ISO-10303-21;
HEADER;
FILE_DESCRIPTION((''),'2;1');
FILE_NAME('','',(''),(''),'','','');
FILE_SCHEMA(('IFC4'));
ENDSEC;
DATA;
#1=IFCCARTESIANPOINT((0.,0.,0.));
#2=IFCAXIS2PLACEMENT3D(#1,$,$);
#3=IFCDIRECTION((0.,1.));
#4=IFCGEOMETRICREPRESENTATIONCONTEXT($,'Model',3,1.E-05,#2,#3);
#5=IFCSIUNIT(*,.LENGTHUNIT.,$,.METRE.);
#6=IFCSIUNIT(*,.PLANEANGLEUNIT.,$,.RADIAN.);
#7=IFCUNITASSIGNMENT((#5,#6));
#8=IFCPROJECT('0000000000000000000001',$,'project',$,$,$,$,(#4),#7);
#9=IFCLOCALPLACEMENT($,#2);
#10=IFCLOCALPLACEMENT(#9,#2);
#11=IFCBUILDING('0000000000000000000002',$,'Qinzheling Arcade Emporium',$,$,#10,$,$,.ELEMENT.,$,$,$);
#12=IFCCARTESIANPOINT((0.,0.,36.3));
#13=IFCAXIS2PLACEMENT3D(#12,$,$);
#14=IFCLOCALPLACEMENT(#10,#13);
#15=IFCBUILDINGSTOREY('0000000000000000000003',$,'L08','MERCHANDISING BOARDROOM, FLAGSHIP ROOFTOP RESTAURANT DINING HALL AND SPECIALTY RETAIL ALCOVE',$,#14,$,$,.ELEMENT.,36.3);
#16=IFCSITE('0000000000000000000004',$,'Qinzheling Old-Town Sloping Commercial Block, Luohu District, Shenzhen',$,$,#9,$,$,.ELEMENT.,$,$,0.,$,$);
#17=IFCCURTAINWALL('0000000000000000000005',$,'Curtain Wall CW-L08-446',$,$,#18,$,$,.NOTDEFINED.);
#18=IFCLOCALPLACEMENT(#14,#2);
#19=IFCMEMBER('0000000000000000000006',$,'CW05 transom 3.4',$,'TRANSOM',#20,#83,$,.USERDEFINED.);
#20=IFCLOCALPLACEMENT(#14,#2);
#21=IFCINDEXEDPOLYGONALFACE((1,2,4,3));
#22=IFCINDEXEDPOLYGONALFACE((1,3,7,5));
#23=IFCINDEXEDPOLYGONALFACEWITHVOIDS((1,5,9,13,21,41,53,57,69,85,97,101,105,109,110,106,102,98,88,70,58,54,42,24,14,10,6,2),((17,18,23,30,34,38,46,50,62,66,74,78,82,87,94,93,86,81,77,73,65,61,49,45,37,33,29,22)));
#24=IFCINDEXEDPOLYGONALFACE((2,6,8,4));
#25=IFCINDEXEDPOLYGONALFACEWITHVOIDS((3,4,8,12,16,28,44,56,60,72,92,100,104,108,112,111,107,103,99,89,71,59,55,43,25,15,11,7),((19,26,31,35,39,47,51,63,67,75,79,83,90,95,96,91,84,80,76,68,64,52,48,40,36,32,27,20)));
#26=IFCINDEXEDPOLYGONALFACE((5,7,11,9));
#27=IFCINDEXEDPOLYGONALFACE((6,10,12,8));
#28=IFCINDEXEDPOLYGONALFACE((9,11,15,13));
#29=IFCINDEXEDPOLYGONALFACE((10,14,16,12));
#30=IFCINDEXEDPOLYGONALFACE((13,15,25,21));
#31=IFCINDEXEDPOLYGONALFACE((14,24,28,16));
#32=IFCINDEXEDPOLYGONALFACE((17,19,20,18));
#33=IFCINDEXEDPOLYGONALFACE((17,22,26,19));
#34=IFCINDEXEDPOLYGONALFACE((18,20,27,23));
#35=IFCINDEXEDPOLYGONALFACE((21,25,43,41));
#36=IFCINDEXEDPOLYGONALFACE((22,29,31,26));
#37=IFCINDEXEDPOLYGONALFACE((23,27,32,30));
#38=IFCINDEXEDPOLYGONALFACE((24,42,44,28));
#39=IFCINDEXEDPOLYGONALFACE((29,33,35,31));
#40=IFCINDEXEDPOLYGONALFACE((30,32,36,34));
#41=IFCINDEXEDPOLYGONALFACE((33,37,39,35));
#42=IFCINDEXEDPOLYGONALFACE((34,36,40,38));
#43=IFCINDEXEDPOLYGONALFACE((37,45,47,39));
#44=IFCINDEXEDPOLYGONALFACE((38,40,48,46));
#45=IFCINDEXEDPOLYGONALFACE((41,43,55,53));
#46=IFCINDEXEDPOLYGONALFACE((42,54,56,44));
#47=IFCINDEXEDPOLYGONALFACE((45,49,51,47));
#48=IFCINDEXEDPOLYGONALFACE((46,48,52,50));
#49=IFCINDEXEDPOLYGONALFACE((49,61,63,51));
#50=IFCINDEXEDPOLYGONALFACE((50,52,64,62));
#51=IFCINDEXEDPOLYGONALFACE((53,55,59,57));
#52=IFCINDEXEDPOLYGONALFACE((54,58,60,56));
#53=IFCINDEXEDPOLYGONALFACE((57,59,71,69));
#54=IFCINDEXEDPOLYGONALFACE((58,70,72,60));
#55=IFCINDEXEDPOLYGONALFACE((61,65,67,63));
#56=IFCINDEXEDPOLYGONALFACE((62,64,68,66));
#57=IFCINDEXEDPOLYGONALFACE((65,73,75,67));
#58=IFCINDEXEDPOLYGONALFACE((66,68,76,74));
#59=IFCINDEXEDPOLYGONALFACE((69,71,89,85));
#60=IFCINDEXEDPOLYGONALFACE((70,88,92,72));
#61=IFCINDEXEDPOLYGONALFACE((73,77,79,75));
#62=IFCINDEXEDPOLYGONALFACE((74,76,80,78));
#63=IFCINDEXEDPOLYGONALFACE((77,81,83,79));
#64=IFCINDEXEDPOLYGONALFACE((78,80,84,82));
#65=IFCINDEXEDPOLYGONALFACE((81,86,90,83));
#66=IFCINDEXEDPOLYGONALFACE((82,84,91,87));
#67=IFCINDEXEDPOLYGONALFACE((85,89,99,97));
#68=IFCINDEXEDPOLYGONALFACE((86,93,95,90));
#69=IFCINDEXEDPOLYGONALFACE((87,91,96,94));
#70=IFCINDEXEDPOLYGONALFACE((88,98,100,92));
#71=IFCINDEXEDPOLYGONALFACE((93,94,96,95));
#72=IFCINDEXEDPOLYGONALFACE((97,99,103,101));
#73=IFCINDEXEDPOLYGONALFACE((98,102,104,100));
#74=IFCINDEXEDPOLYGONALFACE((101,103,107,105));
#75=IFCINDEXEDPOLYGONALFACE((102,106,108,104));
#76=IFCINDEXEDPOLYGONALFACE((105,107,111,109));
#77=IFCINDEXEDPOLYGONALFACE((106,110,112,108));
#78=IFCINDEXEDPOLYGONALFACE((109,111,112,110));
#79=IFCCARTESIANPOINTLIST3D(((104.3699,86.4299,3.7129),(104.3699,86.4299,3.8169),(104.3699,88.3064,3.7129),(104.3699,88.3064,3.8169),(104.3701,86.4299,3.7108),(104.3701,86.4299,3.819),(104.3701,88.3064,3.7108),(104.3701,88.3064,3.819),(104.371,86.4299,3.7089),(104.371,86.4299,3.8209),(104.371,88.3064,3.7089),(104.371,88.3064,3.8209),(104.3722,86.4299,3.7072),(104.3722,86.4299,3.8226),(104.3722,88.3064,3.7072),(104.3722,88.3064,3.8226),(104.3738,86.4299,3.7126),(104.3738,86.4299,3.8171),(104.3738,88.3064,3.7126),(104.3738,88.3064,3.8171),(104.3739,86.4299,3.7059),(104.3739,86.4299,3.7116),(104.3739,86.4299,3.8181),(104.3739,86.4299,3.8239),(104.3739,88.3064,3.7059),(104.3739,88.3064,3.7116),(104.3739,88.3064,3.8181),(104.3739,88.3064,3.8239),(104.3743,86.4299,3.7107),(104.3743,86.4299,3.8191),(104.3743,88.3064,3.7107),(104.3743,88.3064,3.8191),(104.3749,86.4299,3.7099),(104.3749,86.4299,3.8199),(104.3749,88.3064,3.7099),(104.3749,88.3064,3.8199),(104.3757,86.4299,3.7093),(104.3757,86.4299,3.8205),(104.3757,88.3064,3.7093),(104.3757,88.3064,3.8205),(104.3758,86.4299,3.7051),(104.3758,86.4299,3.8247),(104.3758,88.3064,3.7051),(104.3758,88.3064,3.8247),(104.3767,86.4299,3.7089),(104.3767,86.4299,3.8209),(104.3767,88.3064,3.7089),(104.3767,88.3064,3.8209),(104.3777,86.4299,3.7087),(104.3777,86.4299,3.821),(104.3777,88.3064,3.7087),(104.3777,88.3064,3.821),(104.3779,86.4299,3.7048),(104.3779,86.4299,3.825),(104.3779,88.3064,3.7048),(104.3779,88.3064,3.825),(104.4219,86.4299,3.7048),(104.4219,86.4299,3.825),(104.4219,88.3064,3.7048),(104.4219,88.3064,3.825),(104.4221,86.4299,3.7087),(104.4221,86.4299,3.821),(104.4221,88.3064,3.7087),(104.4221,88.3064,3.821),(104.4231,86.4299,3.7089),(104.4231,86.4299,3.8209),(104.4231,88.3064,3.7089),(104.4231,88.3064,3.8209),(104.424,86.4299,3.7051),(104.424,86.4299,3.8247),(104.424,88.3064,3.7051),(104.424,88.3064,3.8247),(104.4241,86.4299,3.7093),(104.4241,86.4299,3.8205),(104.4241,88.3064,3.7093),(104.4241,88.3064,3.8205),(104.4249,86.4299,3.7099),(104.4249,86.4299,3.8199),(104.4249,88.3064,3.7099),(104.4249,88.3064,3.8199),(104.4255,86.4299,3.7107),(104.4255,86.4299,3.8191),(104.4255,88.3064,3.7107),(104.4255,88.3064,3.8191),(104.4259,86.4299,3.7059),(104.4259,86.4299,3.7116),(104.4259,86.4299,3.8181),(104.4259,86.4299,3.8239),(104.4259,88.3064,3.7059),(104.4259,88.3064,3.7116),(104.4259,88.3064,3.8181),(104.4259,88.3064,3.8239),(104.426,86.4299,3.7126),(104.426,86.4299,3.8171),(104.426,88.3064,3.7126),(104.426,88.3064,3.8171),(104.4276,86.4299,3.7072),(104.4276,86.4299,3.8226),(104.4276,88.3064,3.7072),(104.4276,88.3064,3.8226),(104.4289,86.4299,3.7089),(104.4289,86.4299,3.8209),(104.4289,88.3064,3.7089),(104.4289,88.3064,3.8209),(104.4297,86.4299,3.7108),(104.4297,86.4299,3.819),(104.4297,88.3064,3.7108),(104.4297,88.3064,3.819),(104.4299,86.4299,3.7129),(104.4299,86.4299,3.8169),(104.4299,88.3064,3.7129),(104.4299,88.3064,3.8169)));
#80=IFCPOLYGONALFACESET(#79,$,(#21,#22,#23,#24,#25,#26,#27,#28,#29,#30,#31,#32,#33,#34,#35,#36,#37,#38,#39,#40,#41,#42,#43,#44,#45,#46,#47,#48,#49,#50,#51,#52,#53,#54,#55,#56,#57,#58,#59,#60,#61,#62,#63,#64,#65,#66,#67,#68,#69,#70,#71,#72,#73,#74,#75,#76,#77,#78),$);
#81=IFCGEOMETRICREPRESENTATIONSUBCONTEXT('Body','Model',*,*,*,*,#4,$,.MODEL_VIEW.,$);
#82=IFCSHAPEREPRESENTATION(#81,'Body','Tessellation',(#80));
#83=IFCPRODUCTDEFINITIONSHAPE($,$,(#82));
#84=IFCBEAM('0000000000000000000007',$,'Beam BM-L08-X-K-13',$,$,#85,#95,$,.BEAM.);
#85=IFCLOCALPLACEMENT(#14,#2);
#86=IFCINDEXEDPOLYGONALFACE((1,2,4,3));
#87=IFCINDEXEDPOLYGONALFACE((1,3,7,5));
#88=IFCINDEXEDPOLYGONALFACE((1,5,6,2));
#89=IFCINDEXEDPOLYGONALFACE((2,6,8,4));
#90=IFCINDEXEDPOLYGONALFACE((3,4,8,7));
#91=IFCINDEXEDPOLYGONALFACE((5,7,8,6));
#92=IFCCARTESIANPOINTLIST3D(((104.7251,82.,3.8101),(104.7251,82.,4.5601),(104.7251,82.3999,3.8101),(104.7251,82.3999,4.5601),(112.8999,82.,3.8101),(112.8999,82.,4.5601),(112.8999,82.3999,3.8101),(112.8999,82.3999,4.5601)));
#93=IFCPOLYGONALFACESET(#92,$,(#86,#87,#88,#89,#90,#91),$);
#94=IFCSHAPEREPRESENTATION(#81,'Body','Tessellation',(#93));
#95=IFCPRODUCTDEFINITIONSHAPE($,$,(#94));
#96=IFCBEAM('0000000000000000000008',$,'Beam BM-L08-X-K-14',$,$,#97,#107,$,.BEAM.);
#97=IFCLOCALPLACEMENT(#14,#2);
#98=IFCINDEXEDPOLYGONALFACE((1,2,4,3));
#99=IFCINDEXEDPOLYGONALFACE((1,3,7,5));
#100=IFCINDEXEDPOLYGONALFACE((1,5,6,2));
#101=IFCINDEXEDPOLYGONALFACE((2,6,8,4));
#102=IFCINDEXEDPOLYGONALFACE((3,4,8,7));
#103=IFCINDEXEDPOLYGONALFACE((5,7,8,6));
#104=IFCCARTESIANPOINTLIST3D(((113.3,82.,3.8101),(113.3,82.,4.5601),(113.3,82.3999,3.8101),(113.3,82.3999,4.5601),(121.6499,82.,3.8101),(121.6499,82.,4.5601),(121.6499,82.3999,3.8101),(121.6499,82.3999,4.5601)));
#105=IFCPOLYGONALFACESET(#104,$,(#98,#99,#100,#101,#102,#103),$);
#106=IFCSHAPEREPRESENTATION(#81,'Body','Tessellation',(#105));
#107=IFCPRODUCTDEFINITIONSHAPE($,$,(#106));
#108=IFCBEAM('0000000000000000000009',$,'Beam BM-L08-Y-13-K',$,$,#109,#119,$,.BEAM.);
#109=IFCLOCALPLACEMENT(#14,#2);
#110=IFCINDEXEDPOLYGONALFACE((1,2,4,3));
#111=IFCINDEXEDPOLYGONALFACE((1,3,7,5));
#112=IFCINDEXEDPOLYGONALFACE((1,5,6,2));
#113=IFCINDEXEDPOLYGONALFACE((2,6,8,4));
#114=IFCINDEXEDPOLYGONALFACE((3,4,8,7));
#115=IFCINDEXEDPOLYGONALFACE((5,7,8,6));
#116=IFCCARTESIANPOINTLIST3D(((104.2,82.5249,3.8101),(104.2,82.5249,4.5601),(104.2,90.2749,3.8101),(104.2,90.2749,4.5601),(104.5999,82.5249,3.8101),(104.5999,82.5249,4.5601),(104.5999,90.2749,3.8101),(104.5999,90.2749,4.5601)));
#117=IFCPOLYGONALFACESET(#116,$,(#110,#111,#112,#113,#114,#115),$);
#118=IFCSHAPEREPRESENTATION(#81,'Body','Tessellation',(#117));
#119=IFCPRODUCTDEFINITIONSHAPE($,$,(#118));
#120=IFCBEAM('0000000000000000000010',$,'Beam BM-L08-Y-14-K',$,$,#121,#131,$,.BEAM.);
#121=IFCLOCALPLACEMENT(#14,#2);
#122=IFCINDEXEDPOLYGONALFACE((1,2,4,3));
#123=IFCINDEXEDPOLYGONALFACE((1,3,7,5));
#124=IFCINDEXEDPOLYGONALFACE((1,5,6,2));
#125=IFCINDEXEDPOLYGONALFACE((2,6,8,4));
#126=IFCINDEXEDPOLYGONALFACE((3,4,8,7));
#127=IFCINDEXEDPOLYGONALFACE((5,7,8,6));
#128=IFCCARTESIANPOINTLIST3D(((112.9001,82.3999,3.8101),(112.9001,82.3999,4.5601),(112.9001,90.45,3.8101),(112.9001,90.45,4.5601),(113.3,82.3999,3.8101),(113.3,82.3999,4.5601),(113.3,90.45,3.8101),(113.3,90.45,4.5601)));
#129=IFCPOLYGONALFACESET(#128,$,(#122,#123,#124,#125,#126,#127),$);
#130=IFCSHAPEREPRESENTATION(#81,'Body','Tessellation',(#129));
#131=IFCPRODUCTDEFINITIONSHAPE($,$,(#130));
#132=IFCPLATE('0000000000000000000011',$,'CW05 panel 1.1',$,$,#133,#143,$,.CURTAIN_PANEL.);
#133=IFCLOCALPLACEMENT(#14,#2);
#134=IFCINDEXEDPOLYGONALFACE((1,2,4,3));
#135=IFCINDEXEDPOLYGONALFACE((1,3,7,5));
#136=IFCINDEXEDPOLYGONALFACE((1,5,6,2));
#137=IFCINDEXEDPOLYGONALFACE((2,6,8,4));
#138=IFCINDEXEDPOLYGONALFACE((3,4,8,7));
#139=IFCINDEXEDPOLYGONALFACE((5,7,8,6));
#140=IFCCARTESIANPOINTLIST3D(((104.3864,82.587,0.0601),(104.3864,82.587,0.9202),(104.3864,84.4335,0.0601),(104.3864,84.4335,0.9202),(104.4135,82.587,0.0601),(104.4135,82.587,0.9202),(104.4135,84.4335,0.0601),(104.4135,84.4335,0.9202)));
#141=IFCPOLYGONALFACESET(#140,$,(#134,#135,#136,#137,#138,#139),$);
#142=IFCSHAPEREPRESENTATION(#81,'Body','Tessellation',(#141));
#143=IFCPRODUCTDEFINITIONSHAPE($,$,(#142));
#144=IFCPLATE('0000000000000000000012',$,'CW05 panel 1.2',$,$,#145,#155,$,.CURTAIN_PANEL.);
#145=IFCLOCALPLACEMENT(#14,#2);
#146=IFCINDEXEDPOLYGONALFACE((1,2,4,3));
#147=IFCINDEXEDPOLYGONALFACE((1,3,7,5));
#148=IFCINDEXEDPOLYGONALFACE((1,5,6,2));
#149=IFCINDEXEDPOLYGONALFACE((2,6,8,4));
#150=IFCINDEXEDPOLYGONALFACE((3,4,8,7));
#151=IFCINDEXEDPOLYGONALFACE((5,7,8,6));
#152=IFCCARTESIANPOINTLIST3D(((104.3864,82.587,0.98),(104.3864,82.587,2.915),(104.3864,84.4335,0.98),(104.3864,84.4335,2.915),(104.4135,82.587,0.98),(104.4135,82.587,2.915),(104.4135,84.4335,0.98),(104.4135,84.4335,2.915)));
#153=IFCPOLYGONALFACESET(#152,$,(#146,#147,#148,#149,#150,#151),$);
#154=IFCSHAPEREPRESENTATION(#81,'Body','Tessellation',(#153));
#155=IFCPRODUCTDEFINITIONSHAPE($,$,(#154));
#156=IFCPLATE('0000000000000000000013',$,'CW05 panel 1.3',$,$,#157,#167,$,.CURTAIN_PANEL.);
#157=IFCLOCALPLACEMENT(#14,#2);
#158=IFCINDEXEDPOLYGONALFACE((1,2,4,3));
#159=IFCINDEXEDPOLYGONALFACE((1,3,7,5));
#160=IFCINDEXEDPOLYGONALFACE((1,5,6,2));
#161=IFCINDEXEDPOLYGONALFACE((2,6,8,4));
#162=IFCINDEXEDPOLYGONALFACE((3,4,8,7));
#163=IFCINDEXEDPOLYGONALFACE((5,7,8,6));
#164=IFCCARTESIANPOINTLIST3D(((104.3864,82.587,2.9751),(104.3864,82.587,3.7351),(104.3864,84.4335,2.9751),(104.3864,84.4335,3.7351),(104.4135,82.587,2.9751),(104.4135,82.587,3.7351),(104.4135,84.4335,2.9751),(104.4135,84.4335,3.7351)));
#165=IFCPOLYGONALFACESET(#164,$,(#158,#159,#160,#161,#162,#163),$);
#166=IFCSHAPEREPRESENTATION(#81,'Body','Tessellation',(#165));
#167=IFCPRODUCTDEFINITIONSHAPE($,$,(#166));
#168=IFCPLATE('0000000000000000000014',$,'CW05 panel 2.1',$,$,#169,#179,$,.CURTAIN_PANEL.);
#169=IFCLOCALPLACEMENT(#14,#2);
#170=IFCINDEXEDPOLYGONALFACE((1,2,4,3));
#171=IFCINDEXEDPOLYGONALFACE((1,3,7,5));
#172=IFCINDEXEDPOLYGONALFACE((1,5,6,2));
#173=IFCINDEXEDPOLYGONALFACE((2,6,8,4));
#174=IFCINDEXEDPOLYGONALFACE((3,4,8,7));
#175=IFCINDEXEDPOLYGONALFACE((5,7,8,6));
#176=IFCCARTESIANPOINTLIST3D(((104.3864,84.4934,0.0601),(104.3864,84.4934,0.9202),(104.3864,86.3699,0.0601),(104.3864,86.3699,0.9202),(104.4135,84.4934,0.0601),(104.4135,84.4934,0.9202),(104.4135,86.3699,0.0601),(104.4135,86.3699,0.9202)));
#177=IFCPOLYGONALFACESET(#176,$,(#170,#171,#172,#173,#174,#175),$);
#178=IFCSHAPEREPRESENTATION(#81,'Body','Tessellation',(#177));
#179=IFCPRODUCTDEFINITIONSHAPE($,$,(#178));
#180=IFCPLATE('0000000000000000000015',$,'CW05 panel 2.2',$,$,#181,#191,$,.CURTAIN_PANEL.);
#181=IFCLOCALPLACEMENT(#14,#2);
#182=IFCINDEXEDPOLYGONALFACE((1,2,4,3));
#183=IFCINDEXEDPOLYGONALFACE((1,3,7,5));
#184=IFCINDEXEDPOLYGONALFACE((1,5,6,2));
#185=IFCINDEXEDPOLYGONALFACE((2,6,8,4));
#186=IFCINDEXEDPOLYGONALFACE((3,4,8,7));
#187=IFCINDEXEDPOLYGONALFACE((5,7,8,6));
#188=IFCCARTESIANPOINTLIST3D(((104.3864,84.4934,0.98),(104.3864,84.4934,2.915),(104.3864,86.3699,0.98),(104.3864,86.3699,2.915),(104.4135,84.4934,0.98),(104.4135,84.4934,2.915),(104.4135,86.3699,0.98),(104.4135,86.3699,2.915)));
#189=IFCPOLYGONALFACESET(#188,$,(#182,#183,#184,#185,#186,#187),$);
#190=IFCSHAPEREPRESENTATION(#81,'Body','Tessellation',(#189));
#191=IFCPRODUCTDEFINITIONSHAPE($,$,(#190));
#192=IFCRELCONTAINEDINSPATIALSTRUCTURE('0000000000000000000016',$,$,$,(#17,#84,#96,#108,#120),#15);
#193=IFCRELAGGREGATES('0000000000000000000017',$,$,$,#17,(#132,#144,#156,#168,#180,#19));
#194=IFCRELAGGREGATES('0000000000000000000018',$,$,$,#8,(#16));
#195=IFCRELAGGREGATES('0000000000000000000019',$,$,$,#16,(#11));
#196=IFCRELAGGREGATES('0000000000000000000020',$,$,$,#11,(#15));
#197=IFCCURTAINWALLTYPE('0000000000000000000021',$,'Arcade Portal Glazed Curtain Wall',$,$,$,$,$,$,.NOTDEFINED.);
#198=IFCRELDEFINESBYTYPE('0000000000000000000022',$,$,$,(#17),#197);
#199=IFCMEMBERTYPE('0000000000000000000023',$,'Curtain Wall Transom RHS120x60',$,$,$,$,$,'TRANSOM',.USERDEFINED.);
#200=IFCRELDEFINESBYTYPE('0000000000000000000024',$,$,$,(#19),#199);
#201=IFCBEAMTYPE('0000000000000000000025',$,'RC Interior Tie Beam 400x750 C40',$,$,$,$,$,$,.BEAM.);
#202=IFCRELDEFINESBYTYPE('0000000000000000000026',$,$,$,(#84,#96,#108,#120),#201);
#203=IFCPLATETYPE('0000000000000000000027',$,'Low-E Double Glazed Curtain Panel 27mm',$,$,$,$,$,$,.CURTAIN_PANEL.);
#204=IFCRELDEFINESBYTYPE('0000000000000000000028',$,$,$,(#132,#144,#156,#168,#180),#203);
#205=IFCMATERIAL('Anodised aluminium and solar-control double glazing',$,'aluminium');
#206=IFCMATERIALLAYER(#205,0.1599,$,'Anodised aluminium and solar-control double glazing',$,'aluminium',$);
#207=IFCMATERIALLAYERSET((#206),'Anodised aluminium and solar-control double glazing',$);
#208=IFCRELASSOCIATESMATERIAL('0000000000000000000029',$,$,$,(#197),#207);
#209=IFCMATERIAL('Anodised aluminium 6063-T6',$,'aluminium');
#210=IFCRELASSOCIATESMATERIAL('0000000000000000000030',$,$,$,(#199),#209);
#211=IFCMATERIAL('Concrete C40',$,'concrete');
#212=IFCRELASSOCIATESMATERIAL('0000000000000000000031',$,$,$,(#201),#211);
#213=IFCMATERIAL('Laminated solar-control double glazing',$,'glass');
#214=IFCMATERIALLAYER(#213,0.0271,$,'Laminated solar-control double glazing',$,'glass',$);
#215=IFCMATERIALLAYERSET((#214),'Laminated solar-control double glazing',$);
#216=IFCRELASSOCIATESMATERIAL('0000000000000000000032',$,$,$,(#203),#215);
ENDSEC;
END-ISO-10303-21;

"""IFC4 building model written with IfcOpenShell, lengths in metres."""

from ifc_helpers import new_model, si_unit, direction, frame, origin, origin_2d, place, context, subcontext, project, spatial, rectangle, hollow_rectangle, extrude, material, layer, layer_set, material_profile, profile_set, type_object, element, aggregate, save


model = new_model("IFC4")

# Units and contexts
model_context = context("Model", 3, precision=1e-05, world=origin(), true_north=direction((0.0, 1.0)))
body_context = subcontext(model_context, "Body", "Model", "MODEL_VIEW")
ifc_project = project(units=[si_unit("LENGTHUNIT", "METRE"), si_unit("PLANEANGLEUNIT", "RADIAN")], contexts=[model_context])

# Site, building, storey
site_placement = place(None, origin())
site = spatial("IfcSite", under=ifc_project, at=site_placement, Name="Qinzheling Old-Town Sloping Commercial Block, Luohu District, Shenzhen", CompositionType="ELEMENT", RefElevation=0.0)
building_placement = place(site_placement, origin())
building = spatial("IfcBuilding", under=site, at=building_placement, Name="Qinzheling Arcade Emporium", CompositionType="ELEMENT")
storey_placement = place(building_placement, frame((0.0, 0.0, 36.3)))
storey = spatial("IfcBuildingStorey", under=building, at=storey_placement, Name="L08", Description="MERCHANDISING BOARDROOM, FLAGSHIP ROOFTOP RESTAURANT DINING HALL AND SPECIALTY RETAIL ALCOVE", CompositionType="ELEMENT", Elevation=36.3)

# Curtain wall, member
ifc_material_1 = material(Name="Anodised aluminium and solar-control double glazing", Category="aluminium")
ifc_layer_1 = layer(ifc_material_1, 0.1599, Name="Anodised aluminium and solar-control double glazing", Category="aluminium")
ifc_layer_set_1 = layer_set([ifc_layer_1], Name="Anodised aluminium and solar-control double glazing")
curtain_wall_type = type_object("IfcCurtainWallType", Name="Arcade Portal Glazed Curtain Wall", PredefinedType="NOTDEFINED", material=ifc_layer_set_1)
curtain_wall_placement = place(storey_placement, origin())
curtain_wall = element("IfcCurtainWall", 1, at=curtain_wall_placement, inside=storey, type_object=curtain_wall_type, Name="Curtain Wall CW-L08-446", PredefinedType="NOTDEFINED")
ifc_material_2 = material(Name="Anodised aluminium 6063-T6", Category="aluminium")
ifc_material_profile_1 = material_profile(ifc_material_2, hollow_rectangle(XDim=0.0601, YDim=0.1201, WallThickness=0.0039, InnerFilletRadius=0.0039, OuterFilletRadius=0.0081, at=origin_2d()), Name="RHS 120x60x4", Category="aluminium")
ifc_profile_set_1 = profile_set([ifc_material_profile_1], Name="Anodised aluminium 6063-T6")
member_type_1 = type_object("IfcMemberType", Name="Curtain Wall Transom RHS120x60", ElementType="TRANSOM", PredefinedType="USERDEFINED", material=ifc_profile_set_1)
member_1_placement = place(storey_placement, frame((104.3999, 86.4299, 3.7649), z_axis=(0.0, 1.0, 0.0), x_axis=(-1.0, 0.0, 0.0)))
member_1 = element("IfcMember", 2, at=member_1_placement, type_object=member_type_1, Name="CW05 transom 3.4", ObjectType="TRANSOM", PredefinedType="USERDEFINED", context=body_context, shape_type="SweptSolid", body=[
    extrude(hollow_rectangle(XDim=0.0601, YDim=0.1201, WallThickness=0.0039, InnerFilletRadius=0.0039, OuterFilletRadius=0.0081, at=origin_2d()), origin(), (0.0, 0.0, 1.0), 1.8765),
])

# Beams
ifc_material_3 = material(Name="Concrete C40", Category="concrete")
ifc_material_profile_2 = material_profile(ifc_material_3, rectangle(XDim=0.3999, YDim=0.75, at=origin_2d()), Name="RC 400x750", Category="concrete")
ifc_profile_set_2 = profile_set([ifc_material_profile_2], Name="Concrete C40")
beam_type = type_object("IfcBeamType", Name="RC Interior Tie Beam 400x750 C40", PredefinedType="BEAM", material=ifc_profile_set_2)
beam_1_placement = place(storey_placement, frame((104.7251, 82.2, 4.1851), z_axis=(1.0, 0.0, 0.0), x_axis=(0.0, 1.0, 0.0)))
element("IfcBeam", 3, at=beam_1_placement, inside=storey, type_object=beam_type, Name="Beam BM-L08-X-K-13", PredefinedType="BEAM", context=body_context, shape_type="SweptSolid", body=[
    extrude(rectangle(XDim=0.3999, YDim=0.75, at=origin_2d()), origin(), (0.0, 0.0, 1.0), 8.1748),
])
beam_2_placement = place(storey_placement, frame((113.3, 82.2, 4.1851), z_axis=(1.0, 0.0, 0.0), x_axis=(0.0, 1.0, 0.0)))
element("IfcBeam", 4, at=beam_2_placement, inside=storey, type_object=beam_type, Name="Beam BM-L08-X-K-14", PredefinedType="BEAM", context=body_context, shape_type="SweptSolid", body=[
    extrude(rectangle(XDim=0.3999, YDim=0.75, at=origin_2d()), origin(), (0.0, 0.0, 1.0), 8.3499),
])
beam_3_placement = place(storey_placement, frame((104.3999, 82.5249, 4.1851), z_axis=(0.0, 1.0, 0.0), x_axis=(-1.0, 0.0, 0.0)))
element("IfcBeam", 5, at=beam_3_placement, inside=storey, type_object=beam_type, Name="Beam BM-L08-Y-13-K", PredefinedType="BEAM", context=body_context, shape_type="SweptSolid", body=[
    extrude(rectangle(XDim=0.3999, YDim=0.75, at=origin_2d()), origin(), (0.0, 0.0, 1.0), 7.75),
])
beam_4_placement = place(storey_placement, frame((113.1001, 82.3999, 4.1851), z_axis=(0.0, 1.0, 0.0), x_axis=(-1.0, 0.0, 0.0)))
element("IfcBeam", 6, at=beam_4_placement, inside=storey, type_object=beam_type, Name="Beam BM-L08-Y-14-K", PredefinedType="BEAM", context=body_context, shape_type="SweptSolid", body=[
    extrude(rectangle(XDim=0.3999, YDim=0.75, at=origin_2d()), origin(), (0.0, 0.0, 1.0), 8.05),
])

# Plates
ifc_material_4 = material(Name="Laminated solar-control double glazing", Category="glass")
ifc_layer_2 = layer(ifc_material_4, 0.0271, Name="Laminated solar-control double glazing", Category="glass")
ifc_layer_set_2 = layer_set([ifc_layer_2], Name="Laminated solar-control double glazing")
plate_type = type_object("IfcPlateType", Name="Low-E Double Glazed Curtain Panel 27mm", PredefinedType="CURTAIN_PANEL", material=ifc_layer_set_2)
plate_1_placement = place(storey_placement, frame((104.3999, 83.5103, 0.0601), z_axis=(0.0, 0.0, 1.0), x_axis=(0.0, 1.0, 0.0)))
plate_1 = element("IfcPlate", 7, at=plate_1_placement, type_object=plate_type, Name="CW05 panel 1.1", PredefinedType="CURTAIN_PANEL", context=body_context, shape_type="SweptSolid", body=[
    extrude(rectangle(XDim=1.8464, YDim=0.0271, at=origin_2d()), origin(), (0.0, 0.0, 1.0), 0.8601),
])
plate_2_placement = place(storey_placement, frame((104.3999, 83.5103, 0.98), z_axis=(0.0, 0.0, 1.0), x_axis=(0.0, 1.0, 0.0)))
plate_2 = element("IfcPlate", 8, at=plate_2_placement, type_object=plate_type, Name="CW05 panel 1.2", PredefinedType="CURTAIN_PANEL", context=body_context, shape_type="SweptSolid", body=[
    extrude(rectangle(XDim=1.8464, YDim=0.0271, at=origin_2d()), origin(), (0.0, 0.0, 1.0), 1.9351),
])
plate_3_placement = place(storey_placement, frame((104.3999, 83.5103, 2.9751), z_axis=(0.0, 0.0, 1.0), x_axis=(0.0, 1.0, 0.0)))
plate_3 = element("IfcPlate", 9, at=plate_3_placement, type_object=plate_type, Name="CW05 panel 1.3", PredefinedType="CURTAIN_PANEL", context=body_context, shape_type="SweptSolid", body=[
    extrude(rectangle(XDim=1.8464, YDim=0.0271, at=origin_2d()), origin(), (0.0, 0.0, 1.0), 0.76),
])
plate_4_placement = place(storey_placement, frame((104.3999, 85.4316, 0.0601), z_axis=(0.0, 0.0, 1.0), x_axis=(0.0, 1.0, 0.0)))
plate_4 = element("IfcPlate", 10, at=plate_4_placement, type_object=plate_type, Name="CW05 panel 2.1", PredefinedType="CURTAIN_PANEL", context=body_context, shape_type="SweptSolid", body=[
    extrude(rectangle(XDim=1.8765, YDim=0.0271, at=origin_2d()), origin(), (0.0, 0.0, 1.0), 0.8601),
])
plate_5_placement = place(storey_placement, frame((104.3999, 85.4316, 0.98), z_axis=(0.0, 0.0, 1.0), x_axis=(0.0, 1.0, 0.0)))
plate_5 = element("IfcPlate", 11, at=plate_5_placement, type_object=plate_type, Name="CW05 panel 2.2", PredefinedType="CURTAIN_PANEL", context=body_context, shape_type="SweptSolid", body=[
    extrude(rectangle(XDim=1.8765, YDim=0.0271, at=origin_2d()), origin(), (0.0, 0.0, 1.0), 1.9351),
])
aggregate(curtain_wall, [plate_1, plate_2, plate_3, plate_4, plate_5, member_1])

save(model, "model.ifc")
